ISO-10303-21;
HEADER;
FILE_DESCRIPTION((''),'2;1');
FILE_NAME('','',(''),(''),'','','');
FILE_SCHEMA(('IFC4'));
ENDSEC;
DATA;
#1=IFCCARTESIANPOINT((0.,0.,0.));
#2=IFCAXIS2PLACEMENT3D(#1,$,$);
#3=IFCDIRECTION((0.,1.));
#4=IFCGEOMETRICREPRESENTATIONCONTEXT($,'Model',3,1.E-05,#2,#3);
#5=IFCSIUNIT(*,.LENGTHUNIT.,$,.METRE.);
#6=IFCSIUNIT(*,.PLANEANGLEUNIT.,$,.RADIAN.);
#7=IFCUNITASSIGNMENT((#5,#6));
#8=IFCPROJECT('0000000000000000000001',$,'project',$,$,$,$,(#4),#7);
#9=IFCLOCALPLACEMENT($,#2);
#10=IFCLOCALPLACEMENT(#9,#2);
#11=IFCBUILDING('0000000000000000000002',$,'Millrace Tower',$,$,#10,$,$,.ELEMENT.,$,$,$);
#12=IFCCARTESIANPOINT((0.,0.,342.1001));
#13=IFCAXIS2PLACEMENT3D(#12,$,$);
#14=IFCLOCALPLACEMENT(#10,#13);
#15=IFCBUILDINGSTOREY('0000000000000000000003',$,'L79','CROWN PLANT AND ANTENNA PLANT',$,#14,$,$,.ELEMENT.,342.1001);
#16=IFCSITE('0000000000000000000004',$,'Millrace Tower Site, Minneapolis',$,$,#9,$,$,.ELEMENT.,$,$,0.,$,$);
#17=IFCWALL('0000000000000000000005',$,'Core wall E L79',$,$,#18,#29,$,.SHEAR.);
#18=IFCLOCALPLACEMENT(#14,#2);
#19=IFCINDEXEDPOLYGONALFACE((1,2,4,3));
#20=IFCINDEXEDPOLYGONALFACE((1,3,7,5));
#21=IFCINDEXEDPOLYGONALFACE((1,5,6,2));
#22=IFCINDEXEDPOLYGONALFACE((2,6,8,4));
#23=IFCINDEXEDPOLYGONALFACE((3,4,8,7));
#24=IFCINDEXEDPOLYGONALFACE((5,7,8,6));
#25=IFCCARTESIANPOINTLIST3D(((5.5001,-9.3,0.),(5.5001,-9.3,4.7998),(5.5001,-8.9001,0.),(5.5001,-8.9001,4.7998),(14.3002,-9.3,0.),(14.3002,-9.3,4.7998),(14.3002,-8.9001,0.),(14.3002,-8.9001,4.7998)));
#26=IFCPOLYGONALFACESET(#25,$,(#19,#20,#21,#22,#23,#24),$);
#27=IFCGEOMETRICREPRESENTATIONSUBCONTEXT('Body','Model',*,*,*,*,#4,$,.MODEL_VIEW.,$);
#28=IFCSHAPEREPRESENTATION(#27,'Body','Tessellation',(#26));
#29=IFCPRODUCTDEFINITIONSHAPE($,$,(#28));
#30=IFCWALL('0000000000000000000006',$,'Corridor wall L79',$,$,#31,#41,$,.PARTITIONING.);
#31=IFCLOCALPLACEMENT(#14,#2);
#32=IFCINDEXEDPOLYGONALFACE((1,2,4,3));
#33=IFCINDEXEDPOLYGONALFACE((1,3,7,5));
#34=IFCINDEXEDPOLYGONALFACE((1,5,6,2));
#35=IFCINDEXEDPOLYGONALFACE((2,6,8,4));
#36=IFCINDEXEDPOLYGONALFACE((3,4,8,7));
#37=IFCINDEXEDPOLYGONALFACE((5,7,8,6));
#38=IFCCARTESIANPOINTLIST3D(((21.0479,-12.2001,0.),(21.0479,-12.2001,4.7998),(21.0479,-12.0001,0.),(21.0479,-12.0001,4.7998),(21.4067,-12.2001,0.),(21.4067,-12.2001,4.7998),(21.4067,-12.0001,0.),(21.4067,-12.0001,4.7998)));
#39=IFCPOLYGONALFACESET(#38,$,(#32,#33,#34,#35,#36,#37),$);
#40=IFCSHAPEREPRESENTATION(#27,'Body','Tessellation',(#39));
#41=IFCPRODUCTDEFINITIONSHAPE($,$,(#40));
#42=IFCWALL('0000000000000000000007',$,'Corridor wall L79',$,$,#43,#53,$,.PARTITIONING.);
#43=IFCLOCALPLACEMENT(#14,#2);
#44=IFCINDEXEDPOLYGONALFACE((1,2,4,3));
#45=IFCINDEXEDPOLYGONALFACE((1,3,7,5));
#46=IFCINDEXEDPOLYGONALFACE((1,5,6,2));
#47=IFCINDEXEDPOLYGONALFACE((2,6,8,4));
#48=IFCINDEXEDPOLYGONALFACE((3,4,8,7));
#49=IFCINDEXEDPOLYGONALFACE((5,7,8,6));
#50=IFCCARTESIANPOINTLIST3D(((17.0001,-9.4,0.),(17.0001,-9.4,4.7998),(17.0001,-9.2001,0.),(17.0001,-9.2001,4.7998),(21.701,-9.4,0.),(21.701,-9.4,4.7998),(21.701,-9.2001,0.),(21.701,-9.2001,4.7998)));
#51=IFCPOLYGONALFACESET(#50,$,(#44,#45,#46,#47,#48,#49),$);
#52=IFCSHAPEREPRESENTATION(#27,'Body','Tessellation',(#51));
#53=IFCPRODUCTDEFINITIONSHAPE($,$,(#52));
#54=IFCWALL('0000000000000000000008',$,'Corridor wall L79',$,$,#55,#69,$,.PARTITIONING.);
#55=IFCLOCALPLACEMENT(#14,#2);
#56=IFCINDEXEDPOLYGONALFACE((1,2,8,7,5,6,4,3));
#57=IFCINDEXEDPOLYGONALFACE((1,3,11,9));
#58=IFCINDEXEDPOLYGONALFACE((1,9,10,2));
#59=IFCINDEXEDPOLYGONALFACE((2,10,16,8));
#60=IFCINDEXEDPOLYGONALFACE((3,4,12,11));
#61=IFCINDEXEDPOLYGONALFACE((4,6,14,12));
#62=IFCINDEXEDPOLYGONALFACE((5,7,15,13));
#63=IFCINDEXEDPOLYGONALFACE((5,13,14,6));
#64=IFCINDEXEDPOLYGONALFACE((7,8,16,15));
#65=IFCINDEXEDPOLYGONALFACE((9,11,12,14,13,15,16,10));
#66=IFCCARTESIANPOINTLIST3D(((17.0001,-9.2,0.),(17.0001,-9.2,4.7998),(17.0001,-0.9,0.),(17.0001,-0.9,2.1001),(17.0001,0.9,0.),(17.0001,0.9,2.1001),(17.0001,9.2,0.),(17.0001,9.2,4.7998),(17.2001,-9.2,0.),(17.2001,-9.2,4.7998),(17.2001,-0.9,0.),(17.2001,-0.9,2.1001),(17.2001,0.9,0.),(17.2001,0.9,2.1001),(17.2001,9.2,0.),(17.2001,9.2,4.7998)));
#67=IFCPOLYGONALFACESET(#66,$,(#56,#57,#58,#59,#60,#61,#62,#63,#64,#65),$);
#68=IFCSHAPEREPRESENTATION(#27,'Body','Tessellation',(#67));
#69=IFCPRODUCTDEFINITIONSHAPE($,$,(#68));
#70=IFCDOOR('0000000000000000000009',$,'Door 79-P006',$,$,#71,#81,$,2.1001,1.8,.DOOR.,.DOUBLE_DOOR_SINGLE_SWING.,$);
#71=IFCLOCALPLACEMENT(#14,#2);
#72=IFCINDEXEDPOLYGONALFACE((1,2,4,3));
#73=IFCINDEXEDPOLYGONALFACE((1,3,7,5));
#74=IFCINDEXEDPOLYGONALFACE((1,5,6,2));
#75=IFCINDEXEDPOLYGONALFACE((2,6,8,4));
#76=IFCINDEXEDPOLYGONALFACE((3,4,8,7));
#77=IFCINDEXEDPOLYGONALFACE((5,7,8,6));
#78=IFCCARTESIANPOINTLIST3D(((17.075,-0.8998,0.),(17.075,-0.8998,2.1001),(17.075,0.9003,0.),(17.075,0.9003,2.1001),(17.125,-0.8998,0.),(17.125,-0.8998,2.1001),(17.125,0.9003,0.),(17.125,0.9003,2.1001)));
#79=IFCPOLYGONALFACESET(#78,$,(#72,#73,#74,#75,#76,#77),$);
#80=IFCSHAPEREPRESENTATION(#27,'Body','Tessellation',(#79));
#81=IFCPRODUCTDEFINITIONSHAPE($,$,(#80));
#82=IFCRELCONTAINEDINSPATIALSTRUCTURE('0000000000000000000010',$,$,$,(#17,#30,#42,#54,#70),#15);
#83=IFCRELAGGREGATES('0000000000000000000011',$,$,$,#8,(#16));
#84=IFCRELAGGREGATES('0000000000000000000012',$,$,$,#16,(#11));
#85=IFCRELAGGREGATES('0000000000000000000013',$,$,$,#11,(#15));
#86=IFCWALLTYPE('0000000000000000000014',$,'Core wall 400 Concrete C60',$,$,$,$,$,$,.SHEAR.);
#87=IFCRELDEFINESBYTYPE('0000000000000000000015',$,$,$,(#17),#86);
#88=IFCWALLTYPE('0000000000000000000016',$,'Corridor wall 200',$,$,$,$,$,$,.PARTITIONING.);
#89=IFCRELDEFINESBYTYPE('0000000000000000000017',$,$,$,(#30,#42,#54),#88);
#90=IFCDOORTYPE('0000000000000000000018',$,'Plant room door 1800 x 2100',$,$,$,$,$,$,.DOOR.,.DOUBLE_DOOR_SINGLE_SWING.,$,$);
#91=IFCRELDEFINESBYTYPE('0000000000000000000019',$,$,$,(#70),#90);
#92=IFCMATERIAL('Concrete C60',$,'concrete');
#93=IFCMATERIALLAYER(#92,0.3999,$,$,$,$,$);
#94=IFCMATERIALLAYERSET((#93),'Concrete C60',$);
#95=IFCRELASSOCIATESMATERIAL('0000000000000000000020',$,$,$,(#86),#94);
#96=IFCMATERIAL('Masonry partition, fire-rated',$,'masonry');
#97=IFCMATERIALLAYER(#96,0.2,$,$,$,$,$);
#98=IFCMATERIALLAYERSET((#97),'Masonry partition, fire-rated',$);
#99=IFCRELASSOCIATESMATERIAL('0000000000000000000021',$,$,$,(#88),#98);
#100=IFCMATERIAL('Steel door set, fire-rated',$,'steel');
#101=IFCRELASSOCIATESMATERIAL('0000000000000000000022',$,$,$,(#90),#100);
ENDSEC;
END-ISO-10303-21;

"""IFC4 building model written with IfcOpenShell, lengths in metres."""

from ifc_helpers import new_model, si_unit, direction, frame, frame_2d, origin, place, context, subcontext, project, spatial, rectangle, extrude, material, layer, layer_set, type_object, element, fill, save


model = new_model("IFC4")

# Units and contexts
model_context = context("Model", 3, precision=1e-05, world=origin(), true_north=direction((0.0, 1.0)))
body_context = subcontext(model_context, "Body", "Model", "MODEL_VIEW")
ifc_project = project(units=[si_unit("LENGTHUNIT", "METRE"), si_unit("PLANEANGLEUNIT", "RADIAN")], contexts=[model_context])

# Site, building, storey
site_placement = place(None, origin())
site = spatial("IfcSite", under=ifc_project, at=site_placement, Name="Millrace Tower Site, Minneapolis", CompositionType="ELEMENT", RefElevation=0.0)
building_placement = place(site_placement, origin())
building = spatial("IfcBuilding", under=site, at=building_placement, Name="Millrace Tower", CompositionType="ELEMENT")
storey_placement = place(building_placement, frame((0.0, 0.0, 342.1001)))
storey = spatial("IfcBuildingStorey", under=building, at=storey_placement, Name="L79", Description="CROWN PLANT AND ANTENNA PLANT", CompositionType="ELEMENT", Elevation=342.1001)

# Walls
ifc_material_1 = material(Name="Concrete C60", Category="concrete")
ifc_layer_1 = layer(ifc_material_1, 0.3999)
ifc_layer_set_1 = layer_set([ifc_layer_1], Name="Concrete C60")
wall_type_1 = type_object("IfcWallType", Name="Core wall 400 Concrete C60", PredefinedType="SHEAR", material=ifc_layer_set_1)
wall_1_placement = place(storey_placement, frame((14.3, -9.1001, 0.0), z_axis=(0.0, 0.0, 1.0), x_axis=(-1.0, 0.0, 0.0)))
element("IfcWall", 1, at=wall_1_placement, inside=storey, type_object=wall_type_1, Name="Core wall E L79", PredefinedType="SHEAR", context=body_context, shape_type="SweptSolid", body=[
    extrude(rectangle(XDim=8.8, YDim=0.3999, at=frame_2d((4.3999, 0.0))), origin(), (0.0, 0.0, 1.0), 4.7998),
])
ifc_material_2 = material(Name="Masonry partition, fire-rated", Category="masonry")
ifc_layer_2 = layer(ifc_material_2, 0.2)
ifc_layer_set_2 = layer_set([ifc_layer_2], Name="Masonry partition, fire-rated")
wall_type_2 = type_object("IfcWallType", Name="Corridor wall 200", PredefinedType="PARTITIONING", material=ifc_layer_set_2)
wall_2_placement = place(storey_placement, frame((21.0479, -12.1001, 0.0), z_axis=(0.0, 0.0, 1.0), x_axis=(1.0, 0.0, 0.0)))
element("IfcWall", 2, at=wall_2_placement, inside=storey, type_object=wall_type_2, Name="Corridor wall L79", PredefinedType="PARTITIONING", context=body_context, shape_type="SweptSolid", body=[
    extrude(rectangle(XDim=0.3589, YDim=0.2, at=frame_2d((0.1794, 0.0))), origin(), (0.0, 0.0, 1.0), 4.7998),
])
wall_3_placement = place(storey_placement, frame((17.0, -9.3, 0.0), z_axis=(0.0, 0.0, 1.0), x_axis=(1.0, 0.0, 0.0)))
element("IfcWall", 3, at=wall_3_placement, inside=storey, type_object=wall_type_2, Name="Corridor wall L79", PredefinedType="PARTITIONING", context=body_context, shape_type="SweptSolid", body=[
    extrude(rectangle(XDim=4.7009, YDim=0.2, at=frame_2d((2.3506, 0.0))), origin(), (0.0, 0.0, 1.0), 4.7998),
])

# Wall, opening, door
wall_4_placement = place(storey_placement, frame((17.1001, -9.2, 0.0), z_axis=(0.0, 0.0, 1.0), x_axis=(0.0, 1.0, 0.0)))
wall_4 = element("IfcWall", 4, at=wall_4_placement, inside=storey, type_object=wall_type_2, Name="Corridor wall L79", PredefinedType="PARTITIONING", context=body_context, shape_type="SweptSolid", body=[
    extrude(rectangle(XDim=18.3999, YDim=0.2, at=frame_2d((9.2, 0.0))), origin(), (0.0, 0.0, 1.0), 4.7998),
])
opening_placement = place(wall_4_placement, frame((8.3, 0.0, 0.0)))
opening = element("IfcOpeningElement", 5, at=opening_placement, cuts=wall_4, PredefinedType="OPENING", context=body_context, shape_type="SweptSolid", body=[
    extrude(rectangle(XDim=1.8, YDim=2.1001, at=frame_2d((0.8999, 1.05))), frame((0.0, 0.1099, 0.0), z_axis=(0.0, -1.0, 0.0), x_axis=(1.0, 0.0, 0.0)), (0.0, 0.0, 1.0), 0.22),
])
ifc_material_3 = material(Name="Steel door set, fire-rated", Category="steel")
door_type = type_object("IfcDoorType", Name="Plant room door 1800 x 2100", OperationType="DOUBLE_DOOR_SINGLE_SWING", PredefinedType="DOOR", material=ifc_material_3)
door_placement = place(opening_placement, frame((1.8, 0.0, 0.0), z_axis=(0.0, 0.0, 1.0), x_axis=(-1.0, 0.0, 0.0)))
door = element("IfcDoor", 6, at=door_placement, inside=storey, type_object=door_type, Name="Door 79-P006", OperationType="DOUBLE_DOOR_SINGLE_SWING", OverallHeight=2.1001, OverallWidth=1.8, PredefinedType="DOOR", context=body_context, shape_type="SweptSolid", body=[
    extrude(rectangle(XDim=1.8, YDim=2.1001, at=frame_2d((0.8999, 1.05))), frame((0.0, 0.0249, 0.0), z_axis=(0.0, -1.0, 0.0), x_axis=(1.0, 0.0, 0.0)), (0.0, 0.0, 1.0), 0.05),
])
fill(opening, door)

save(model, "model.ifc")
